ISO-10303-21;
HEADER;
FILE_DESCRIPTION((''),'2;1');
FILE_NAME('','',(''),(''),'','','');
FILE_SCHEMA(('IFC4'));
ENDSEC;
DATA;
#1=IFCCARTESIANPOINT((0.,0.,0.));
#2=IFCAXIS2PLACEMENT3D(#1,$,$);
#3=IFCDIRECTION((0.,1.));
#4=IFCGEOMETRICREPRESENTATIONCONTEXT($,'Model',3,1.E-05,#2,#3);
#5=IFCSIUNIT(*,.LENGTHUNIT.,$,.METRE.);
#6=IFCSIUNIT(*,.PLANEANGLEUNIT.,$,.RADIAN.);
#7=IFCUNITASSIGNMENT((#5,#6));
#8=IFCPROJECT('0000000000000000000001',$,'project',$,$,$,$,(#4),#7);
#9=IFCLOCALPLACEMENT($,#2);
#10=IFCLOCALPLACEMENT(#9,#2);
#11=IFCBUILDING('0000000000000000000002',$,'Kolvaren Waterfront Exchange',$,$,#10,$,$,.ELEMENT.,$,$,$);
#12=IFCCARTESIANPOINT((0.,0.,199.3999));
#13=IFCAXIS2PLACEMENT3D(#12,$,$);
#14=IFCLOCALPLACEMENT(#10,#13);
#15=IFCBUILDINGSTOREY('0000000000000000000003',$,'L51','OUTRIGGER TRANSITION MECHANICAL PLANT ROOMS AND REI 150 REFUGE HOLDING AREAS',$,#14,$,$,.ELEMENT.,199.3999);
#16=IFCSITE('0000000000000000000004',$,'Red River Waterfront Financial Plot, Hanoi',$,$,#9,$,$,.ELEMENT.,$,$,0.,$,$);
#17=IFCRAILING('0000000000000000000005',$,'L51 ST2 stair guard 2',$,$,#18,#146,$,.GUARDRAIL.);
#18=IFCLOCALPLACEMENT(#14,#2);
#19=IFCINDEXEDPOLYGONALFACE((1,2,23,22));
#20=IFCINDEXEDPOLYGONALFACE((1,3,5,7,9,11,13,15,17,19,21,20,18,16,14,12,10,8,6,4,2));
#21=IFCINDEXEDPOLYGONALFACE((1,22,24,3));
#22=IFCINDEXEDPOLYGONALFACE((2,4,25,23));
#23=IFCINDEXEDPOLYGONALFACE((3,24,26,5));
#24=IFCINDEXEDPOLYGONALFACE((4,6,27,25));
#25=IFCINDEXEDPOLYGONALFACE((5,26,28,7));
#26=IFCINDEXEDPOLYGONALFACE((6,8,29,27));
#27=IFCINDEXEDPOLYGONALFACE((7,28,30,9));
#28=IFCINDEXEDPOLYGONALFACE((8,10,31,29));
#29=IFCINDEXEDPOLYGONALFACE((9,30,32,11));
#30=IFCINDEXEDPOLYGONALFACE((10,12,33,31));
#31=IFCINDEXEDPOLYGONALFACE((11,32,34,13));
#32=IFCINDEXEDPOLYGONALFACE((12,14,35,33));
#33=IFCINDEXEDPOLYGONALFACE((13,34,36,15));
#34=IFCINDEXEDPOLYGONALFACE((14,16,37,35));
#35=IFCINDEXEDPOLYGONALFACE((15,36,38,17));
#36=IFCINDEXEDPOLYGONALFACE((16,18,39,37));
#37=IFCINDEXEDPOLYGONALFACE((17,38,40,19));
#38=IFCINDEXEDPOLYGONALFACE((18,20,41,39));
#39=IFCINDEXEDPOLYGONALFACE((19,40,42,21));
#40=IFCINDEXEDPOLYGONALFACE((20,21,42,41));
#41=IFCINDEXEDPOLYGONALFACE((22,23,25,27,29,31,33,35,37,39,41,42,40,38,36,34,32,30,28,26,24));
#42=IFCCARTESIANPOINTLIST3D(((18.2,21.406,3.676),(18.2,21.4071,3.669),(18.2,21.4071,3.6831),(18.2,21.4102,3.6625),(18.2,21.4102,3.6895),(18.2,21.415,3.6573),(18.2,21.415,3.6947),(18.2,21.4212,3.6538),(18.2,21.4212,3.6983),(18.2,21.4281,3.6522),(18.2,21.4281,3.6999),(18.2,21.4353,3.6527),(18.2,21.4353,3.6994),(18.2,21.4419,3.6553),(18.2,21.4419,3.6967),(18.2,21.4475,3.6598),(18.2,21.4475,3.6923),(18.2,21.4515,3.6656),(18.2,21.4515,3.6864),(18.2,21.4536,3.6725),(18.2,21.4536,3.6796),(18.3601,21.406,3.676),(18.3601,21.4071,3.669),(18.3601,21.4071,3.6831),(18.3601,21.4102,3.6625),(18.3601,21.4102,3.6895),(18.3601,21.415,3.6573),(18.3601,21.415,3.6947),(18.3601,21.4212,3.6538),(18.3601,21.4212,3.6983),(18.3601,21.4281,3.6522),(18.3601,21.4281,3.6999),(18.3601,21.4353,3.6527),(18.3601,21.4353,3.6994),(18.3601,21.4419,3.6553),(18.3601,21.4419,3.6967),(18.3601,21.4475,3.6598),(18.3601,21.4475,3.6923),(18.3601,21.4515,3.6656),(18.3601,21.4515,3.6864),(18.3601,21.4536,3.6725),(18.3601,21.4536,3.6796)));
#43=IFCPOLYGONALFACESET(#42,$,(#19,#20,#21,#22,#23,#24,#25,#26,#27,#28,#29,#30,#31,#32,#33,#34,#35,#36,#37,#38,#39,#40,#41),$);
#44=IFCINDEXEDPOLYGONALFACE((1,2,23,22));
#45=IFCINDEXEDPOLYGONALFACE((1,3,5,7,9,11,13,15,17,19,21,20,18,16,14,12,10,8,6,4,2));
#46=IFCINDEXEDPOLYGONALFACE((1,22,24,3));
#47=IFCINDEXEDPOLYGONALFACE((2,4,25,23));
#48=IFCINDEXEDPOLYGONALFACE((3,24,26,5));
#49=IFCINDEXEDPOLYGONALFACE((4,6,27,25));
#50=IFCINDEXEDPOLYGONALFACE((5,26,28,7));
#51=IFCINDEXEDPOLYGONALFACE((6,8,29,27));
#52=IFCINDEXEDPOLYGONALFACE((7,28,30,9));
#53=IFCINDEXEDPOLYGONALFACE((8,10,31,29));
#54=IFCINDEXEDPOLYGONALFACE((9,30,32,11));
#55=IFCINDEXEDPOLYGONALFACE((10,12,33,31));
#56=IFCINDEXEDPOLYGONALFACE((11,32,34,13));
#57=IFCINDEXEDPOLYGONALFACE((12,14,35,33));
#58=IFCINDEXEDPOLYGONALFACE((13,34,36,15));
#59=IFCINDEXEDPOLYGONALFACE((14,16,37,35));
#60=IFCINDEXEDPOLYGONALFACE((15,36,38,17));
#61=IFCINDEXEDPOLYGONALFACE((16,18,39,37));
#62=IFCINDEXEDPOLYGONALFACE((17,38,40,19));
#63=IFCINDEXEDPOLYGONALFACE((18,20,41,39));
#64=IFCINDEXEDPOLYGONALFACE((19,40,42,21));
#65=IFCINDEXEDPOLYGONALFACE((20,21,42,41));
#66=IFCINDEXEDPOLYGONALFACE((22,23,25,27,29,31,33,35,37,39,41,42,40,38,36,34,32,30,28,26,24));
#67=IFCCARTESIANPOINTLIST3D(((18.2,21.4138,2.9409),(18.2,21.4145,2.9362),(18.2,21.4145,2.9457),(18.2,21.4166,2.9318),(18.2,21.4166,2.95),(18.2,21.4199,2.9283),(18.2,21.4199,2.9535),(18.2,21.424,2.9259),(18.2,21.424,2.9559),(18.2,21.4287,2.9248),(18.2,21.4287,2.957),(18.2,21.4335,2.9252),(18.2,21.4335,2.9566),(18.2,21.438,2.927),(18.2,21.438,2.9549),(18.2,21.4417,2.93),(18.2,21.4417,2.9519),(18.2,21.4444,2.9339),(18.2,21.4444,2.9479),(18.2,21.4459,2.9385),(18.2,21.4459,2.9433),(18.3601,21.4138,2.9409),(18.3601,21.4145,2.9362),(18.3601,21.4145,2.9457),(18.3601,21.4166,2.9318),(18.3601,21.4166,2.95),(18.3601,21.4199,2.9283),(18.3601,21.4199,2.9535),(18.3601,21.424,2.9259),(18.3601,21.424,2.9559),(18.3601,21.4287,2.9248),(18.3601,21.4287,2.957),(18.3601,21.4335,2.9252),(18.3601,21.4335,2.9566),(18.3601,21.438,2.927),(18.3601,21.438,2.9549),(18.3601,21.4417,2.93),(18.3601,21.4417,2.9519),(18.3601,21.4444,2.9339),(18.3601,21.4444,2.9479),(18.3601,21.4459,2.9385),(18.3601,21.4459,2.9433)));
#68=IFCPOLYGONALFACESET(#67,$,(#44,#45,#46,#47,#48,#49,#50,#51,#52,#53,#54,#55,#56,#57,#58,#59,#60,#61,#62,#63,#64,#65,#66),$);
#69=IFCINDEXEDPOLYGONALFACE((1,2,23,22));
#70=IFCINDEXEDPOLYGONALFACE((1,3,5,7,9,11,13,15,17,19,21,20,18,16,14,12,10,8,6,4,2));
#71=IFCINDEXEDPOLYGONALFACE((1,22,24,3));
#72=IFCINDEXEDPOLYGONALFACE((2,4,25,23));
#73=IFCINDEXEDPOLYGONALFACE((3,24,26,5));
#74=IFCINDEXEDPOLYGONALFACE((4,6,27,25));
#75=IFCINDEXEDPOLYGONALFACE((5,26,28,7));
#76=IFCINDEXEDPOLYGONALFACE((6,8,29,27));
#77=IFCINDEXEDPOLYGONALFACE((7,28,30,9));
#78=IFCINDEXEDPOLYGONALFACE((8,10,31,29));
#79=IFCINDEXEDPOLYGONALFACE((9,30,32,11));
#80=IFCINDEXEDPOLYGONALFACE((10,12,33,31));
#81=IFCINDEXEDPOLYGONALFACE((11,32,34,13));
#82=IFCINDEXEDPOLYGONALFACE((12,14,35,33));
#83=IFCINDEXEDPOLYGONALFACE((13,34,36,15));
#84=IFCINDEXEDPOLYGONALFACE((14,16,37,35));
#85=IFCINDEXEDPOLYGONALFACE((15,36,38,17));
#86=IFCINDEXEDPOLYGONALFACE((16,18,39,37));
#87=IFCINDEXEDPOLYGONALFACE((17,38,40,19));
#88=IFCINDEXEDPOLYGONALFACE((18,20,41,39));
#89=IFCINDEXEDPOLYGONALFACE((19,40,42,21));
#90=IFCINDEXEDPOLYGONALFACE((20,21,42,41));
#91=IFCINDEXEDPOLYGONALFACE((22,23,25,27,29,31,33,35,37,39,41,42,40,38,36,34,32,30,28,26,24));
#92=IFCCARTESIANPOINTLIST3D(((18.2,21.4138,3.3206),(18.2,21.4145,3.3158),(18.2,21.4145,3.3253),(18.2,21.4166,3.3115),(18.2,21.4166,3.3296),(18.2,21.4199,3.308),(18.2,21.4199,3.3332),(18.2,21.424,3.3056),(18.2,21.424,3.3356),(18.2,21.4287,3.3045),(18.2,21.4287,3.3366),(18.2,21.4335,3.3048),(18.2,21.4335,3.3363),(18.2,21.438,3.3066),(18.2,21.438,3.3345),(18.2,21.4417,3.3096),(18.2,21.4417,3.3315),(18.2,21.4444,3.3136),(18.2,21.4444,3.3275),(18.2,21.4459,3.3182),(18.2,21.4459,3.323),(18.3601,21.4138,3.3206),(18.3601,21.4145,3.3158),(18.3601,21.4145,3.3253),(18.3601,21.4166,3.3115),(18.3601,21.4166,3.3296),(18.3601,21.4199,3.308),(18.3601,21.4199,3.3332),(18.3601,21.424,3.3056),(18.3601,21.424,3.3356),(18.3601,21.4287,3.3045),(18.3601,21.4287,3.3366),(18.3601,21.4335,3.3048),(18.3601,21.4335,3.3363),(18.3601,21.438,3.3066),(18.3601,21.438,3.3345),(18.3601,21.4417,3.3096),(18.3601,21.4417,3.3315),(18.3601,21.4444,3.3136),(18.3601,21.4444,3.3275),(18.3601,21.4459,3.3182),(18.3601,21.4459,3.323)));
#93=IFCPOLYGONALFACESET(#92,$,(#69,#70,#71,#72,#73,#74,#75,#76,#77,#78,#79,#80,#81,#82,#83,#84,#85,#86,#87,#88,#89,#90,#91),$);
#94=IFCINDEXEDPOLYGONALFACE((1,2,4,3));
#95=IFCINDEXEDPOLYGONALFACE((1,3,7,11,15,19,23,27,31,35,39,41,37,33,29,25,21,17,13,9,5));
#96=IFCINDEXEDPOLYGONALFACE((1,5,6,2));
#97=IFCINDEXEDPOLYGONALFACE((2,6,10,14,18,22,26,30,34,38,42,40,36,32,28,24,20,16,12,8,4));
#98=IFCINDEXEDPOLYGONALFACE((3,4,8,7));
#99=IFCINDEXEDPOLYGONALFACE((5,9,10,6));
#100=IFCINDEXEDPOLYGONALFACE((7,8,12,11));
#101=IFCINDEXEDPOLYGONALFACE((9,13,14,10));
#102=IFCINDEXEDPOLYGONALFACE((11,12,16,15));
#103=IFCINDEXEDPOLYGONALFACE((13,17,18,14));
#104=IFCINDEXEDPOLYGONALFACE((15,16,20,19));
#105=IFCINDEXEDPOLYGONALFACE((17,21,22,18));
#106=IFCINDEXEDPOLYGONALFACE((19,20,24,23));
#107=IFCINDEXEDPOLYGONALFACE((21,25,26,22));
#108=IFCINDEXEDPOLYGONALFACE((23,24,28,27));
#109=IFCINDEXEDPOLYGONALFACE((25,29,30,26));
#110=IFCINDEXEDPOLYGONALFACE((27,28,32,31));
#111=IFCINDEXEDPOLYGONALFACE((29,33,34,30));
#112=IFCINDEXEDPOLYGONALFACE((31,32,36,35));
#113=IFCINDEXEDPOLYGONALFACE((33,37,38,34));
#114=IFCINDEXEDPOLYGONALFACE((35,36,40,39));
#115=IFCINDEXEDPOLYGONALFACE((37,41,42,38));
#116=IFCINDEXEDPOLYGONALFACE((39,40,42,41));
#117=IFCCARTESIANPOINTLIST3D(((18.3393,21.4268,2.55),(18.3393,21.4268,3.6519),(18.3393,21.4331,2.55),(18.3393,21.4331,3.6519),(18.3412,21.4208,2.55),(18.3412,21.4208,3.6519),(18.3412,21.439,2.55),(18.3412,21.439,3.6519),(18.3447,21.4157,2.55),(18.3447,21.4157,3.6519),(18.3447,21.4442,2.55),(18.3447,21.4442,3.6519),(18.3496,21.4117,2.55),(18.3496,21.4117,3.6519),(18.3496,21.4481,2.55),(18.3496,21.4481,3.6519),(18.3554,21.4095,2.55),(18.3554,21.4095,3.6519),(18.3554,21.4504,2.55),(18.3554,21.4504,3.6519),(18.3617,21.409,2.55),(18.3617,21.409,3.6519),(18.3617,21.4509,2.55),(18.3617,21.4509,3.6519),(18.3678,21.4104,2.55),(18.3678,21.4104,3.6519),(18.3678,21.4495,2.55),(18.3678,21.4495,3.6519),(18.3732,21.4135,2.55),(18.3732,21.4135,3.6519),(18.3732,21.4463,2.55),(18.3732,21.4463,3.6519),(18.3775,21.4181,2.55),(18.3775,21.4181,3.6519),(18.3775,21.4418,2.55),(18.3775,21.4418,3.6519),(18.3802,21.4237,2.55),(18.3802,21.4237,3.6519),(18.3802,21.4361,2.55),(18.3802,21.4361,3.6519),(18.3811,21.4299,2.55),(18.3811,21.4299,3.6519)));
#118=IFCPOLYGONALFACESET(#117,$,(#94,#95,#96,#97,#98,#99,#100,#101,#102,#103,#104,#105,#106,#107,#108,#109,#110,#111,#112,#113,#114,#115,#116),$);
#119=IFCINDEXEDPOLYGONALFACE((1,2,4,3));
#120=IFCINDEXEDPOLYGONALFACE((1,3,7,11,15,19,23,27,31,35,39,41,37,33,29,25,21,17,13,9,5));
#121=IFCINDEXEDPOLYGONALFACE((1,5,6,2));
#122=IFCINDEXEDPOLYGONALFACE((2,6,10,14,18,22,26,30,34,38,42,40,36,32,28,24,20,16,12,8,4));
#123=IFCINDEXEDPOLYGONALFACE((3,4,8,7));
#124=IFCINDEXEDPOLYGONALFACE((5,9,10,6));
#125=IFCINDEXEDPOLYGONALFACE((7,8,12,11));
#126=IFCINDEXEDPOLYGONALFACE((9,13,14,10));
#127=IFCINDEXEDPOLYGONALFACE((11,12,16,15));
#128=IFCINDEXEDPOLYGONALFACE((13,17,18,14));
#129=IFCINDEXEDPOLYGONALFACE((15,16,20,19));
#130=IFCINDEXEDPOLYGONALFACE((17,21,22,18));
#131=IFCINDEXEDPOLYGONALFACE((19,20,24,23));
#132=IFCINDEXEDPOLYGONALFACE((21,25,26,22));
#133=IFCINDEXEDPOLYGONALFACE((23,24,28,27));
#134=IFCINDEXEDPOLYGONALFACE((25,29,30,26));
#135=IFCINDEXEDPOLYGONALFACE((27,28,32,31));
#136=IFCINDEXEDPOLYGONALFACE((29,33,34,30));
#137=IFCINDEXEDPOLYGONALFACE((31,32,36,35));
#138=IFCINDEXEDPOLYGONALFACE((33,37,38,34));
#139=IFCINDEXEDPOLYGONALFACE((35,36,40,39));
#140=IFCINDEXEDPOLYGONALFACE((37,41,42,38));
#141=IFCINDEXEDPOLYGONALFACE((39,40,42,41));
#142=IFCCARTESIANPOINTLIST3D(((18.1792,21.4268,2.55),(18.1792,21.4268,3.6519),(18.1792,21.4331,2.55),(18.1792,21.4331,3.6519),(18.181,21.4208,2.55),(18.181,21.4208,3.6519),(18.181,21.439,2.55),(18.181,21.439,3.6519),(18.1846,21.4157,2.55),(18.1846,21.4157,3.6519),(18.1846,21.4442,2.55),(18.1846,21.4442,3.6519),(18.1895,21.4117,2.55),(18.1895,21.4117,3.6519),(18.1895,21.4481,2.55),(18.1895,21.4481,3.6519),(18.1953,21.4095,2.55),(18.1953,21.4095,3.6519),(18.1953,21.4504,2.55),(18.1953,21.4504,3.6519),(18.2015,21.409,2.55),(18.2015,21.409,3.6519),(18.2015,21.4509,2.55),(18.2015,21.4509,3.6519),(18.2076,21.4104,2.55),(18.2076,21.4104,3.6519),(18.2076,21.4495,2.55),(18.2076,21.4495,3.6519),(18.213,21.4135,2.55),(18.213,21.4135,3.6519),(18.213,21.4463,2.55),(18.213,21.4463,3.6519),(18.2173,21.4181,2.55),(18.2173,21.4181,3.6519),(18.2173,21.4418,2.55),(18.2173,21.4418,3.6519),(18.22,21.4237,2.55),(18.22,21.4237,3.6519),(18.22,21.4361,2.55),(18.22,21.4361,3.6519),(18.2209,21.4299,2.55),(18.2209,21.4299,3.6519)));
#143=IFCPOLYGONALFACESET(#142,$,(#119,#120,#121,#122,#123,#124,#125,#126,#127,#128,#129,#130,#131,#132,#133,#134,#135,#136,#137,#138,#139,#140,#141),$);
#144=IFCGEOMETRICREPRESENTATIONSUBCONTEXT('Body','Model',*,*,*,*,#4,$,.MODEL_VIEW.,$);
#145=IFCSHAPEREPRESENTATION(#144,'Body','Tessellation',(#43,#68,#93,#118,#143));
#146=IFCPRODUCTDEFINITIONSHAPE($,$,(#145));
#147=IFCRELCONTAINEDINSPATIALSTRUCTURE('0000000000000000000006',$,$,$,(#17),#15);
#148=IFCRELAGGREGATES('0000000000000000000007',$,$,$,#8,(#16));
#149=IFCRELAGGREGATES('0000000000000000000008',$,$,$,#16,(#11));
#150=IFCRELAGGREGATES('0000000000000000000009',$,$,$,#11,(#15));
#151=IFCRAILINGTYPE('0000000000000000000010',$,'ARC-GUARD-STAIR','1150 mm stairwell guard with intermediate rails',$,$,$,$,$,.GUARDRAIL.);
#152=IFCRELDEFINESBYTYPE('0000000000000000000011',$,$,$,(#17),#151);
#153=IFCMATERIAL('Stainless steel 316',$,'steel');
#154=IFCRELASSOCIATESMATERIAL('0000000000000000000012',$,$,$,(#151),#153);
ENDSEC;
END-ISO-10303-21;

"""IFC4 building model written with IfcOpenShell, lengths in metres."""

from ifc_helpers import new_model, si_unit, direction, frame, origin, origin_2d, place, context, subcontext, project, spatial, circle, extrude, material, type_object, element, save


model = new_model("IFC4")

# Units and contexts
model_context = context("Model", 3, precision=1e-05, world=origin(), true_north=direction((0.0, 1.0)))
body_context = subcontext(model_context, "Body", "Model", "MODEL_VIEW")
ifc_project = project(units=[si_unit("LENGTHUNIT", "METRE"), si_unit("PLANEANGLEUNIT", "RADIAN")], contexts=[model_context])

# Site, building, storey
site_placement = place(None, origin())
site = spatial("IfcSite", under=ifc_project, at=site_placement, Name="Red River Waterfront Financial Plot, Hanoi", CompositionType="ELEMENT", RefElevation=0.0)
building_placement = place(site_placement, origin())
building = spatial("IfcBuilding", under=site, at=building_placement, Name="Kolvaren Waterfront Exchange", CompositionType="ELEMENT")
storey_placement = place(building_placement, frame((0.0, 0.0, 199.3999)))
storey = spatial("IfcBuildingStorey", under=building, at=storey_placement, Name="L51", Description="OUTRIGGER TRANSITION MECHANICAL PLANT ROOMS AND REI 150 REFUGE HOLDING AREAS", CompositionType="ELEMENT", Elevation=199.3999)

# Railing
ifc_material_1 = material(Name="Stainless steel 316", Category="steel")
railing_type_1 = type_object("IfcRailingType", Name="ARC-GUARD-STAIR", Description="1150 mm stairwell guard with intermediate rails", PredefinedType="GUARDRAIL", material=ifc_material_1)
railing_1_placement = place(storey_placement, frame((18.3601, 21.4299, 2.55)))
element("IfcRailing", 1, at=railing_1_placement, inside=storey, type_object=railing_type_1, Name="L51 ST2 stair guard 2", PredefinedType="GUARDRAIL", context=body_context, shape_type="SweptSolid", body=[
    extrude(circle(Radius=0.0239, at=origin_2d()), frame((0.0, 0.0, 1.126), z_axis=(-1.0, 0.0, 0.0), x_axis=(0.0, -1.0, 0.0)), (0.0, 0.0, 1.0), 0.1602),
    extrude(circle(Radius=0.0161, at=origin_2d()), frame((0.0, 0.0, 0.3909), z_axis=(-1.0, 0.0, 0.0), x_axis=(0.0, -1.0, 0.0)), (0.0, 0.0, 1.0), 0.1602),
    extrude(circle(Radius=0.0161, at=origin_2d()), frame((0.0, 0.0, 0.7705), z_axis=(-1.0, 0.0, 0.0), x_axis=(0.0, -1.0, 0.0)), (0.0, 0.0, 1.0), 0.1602),
    extrude(circle(Radius=0.021, at=origin_2d()), origin(), (0.0, 0.0, 1.0), 1.1018),
    extrude(circle(Radius=0.021, at=origin_2d()), frame((-0.1602, 0.0, 0.0)), (0.0, 0.0, 1.0), 1.1018),
])

save(model, "model.ifc")
